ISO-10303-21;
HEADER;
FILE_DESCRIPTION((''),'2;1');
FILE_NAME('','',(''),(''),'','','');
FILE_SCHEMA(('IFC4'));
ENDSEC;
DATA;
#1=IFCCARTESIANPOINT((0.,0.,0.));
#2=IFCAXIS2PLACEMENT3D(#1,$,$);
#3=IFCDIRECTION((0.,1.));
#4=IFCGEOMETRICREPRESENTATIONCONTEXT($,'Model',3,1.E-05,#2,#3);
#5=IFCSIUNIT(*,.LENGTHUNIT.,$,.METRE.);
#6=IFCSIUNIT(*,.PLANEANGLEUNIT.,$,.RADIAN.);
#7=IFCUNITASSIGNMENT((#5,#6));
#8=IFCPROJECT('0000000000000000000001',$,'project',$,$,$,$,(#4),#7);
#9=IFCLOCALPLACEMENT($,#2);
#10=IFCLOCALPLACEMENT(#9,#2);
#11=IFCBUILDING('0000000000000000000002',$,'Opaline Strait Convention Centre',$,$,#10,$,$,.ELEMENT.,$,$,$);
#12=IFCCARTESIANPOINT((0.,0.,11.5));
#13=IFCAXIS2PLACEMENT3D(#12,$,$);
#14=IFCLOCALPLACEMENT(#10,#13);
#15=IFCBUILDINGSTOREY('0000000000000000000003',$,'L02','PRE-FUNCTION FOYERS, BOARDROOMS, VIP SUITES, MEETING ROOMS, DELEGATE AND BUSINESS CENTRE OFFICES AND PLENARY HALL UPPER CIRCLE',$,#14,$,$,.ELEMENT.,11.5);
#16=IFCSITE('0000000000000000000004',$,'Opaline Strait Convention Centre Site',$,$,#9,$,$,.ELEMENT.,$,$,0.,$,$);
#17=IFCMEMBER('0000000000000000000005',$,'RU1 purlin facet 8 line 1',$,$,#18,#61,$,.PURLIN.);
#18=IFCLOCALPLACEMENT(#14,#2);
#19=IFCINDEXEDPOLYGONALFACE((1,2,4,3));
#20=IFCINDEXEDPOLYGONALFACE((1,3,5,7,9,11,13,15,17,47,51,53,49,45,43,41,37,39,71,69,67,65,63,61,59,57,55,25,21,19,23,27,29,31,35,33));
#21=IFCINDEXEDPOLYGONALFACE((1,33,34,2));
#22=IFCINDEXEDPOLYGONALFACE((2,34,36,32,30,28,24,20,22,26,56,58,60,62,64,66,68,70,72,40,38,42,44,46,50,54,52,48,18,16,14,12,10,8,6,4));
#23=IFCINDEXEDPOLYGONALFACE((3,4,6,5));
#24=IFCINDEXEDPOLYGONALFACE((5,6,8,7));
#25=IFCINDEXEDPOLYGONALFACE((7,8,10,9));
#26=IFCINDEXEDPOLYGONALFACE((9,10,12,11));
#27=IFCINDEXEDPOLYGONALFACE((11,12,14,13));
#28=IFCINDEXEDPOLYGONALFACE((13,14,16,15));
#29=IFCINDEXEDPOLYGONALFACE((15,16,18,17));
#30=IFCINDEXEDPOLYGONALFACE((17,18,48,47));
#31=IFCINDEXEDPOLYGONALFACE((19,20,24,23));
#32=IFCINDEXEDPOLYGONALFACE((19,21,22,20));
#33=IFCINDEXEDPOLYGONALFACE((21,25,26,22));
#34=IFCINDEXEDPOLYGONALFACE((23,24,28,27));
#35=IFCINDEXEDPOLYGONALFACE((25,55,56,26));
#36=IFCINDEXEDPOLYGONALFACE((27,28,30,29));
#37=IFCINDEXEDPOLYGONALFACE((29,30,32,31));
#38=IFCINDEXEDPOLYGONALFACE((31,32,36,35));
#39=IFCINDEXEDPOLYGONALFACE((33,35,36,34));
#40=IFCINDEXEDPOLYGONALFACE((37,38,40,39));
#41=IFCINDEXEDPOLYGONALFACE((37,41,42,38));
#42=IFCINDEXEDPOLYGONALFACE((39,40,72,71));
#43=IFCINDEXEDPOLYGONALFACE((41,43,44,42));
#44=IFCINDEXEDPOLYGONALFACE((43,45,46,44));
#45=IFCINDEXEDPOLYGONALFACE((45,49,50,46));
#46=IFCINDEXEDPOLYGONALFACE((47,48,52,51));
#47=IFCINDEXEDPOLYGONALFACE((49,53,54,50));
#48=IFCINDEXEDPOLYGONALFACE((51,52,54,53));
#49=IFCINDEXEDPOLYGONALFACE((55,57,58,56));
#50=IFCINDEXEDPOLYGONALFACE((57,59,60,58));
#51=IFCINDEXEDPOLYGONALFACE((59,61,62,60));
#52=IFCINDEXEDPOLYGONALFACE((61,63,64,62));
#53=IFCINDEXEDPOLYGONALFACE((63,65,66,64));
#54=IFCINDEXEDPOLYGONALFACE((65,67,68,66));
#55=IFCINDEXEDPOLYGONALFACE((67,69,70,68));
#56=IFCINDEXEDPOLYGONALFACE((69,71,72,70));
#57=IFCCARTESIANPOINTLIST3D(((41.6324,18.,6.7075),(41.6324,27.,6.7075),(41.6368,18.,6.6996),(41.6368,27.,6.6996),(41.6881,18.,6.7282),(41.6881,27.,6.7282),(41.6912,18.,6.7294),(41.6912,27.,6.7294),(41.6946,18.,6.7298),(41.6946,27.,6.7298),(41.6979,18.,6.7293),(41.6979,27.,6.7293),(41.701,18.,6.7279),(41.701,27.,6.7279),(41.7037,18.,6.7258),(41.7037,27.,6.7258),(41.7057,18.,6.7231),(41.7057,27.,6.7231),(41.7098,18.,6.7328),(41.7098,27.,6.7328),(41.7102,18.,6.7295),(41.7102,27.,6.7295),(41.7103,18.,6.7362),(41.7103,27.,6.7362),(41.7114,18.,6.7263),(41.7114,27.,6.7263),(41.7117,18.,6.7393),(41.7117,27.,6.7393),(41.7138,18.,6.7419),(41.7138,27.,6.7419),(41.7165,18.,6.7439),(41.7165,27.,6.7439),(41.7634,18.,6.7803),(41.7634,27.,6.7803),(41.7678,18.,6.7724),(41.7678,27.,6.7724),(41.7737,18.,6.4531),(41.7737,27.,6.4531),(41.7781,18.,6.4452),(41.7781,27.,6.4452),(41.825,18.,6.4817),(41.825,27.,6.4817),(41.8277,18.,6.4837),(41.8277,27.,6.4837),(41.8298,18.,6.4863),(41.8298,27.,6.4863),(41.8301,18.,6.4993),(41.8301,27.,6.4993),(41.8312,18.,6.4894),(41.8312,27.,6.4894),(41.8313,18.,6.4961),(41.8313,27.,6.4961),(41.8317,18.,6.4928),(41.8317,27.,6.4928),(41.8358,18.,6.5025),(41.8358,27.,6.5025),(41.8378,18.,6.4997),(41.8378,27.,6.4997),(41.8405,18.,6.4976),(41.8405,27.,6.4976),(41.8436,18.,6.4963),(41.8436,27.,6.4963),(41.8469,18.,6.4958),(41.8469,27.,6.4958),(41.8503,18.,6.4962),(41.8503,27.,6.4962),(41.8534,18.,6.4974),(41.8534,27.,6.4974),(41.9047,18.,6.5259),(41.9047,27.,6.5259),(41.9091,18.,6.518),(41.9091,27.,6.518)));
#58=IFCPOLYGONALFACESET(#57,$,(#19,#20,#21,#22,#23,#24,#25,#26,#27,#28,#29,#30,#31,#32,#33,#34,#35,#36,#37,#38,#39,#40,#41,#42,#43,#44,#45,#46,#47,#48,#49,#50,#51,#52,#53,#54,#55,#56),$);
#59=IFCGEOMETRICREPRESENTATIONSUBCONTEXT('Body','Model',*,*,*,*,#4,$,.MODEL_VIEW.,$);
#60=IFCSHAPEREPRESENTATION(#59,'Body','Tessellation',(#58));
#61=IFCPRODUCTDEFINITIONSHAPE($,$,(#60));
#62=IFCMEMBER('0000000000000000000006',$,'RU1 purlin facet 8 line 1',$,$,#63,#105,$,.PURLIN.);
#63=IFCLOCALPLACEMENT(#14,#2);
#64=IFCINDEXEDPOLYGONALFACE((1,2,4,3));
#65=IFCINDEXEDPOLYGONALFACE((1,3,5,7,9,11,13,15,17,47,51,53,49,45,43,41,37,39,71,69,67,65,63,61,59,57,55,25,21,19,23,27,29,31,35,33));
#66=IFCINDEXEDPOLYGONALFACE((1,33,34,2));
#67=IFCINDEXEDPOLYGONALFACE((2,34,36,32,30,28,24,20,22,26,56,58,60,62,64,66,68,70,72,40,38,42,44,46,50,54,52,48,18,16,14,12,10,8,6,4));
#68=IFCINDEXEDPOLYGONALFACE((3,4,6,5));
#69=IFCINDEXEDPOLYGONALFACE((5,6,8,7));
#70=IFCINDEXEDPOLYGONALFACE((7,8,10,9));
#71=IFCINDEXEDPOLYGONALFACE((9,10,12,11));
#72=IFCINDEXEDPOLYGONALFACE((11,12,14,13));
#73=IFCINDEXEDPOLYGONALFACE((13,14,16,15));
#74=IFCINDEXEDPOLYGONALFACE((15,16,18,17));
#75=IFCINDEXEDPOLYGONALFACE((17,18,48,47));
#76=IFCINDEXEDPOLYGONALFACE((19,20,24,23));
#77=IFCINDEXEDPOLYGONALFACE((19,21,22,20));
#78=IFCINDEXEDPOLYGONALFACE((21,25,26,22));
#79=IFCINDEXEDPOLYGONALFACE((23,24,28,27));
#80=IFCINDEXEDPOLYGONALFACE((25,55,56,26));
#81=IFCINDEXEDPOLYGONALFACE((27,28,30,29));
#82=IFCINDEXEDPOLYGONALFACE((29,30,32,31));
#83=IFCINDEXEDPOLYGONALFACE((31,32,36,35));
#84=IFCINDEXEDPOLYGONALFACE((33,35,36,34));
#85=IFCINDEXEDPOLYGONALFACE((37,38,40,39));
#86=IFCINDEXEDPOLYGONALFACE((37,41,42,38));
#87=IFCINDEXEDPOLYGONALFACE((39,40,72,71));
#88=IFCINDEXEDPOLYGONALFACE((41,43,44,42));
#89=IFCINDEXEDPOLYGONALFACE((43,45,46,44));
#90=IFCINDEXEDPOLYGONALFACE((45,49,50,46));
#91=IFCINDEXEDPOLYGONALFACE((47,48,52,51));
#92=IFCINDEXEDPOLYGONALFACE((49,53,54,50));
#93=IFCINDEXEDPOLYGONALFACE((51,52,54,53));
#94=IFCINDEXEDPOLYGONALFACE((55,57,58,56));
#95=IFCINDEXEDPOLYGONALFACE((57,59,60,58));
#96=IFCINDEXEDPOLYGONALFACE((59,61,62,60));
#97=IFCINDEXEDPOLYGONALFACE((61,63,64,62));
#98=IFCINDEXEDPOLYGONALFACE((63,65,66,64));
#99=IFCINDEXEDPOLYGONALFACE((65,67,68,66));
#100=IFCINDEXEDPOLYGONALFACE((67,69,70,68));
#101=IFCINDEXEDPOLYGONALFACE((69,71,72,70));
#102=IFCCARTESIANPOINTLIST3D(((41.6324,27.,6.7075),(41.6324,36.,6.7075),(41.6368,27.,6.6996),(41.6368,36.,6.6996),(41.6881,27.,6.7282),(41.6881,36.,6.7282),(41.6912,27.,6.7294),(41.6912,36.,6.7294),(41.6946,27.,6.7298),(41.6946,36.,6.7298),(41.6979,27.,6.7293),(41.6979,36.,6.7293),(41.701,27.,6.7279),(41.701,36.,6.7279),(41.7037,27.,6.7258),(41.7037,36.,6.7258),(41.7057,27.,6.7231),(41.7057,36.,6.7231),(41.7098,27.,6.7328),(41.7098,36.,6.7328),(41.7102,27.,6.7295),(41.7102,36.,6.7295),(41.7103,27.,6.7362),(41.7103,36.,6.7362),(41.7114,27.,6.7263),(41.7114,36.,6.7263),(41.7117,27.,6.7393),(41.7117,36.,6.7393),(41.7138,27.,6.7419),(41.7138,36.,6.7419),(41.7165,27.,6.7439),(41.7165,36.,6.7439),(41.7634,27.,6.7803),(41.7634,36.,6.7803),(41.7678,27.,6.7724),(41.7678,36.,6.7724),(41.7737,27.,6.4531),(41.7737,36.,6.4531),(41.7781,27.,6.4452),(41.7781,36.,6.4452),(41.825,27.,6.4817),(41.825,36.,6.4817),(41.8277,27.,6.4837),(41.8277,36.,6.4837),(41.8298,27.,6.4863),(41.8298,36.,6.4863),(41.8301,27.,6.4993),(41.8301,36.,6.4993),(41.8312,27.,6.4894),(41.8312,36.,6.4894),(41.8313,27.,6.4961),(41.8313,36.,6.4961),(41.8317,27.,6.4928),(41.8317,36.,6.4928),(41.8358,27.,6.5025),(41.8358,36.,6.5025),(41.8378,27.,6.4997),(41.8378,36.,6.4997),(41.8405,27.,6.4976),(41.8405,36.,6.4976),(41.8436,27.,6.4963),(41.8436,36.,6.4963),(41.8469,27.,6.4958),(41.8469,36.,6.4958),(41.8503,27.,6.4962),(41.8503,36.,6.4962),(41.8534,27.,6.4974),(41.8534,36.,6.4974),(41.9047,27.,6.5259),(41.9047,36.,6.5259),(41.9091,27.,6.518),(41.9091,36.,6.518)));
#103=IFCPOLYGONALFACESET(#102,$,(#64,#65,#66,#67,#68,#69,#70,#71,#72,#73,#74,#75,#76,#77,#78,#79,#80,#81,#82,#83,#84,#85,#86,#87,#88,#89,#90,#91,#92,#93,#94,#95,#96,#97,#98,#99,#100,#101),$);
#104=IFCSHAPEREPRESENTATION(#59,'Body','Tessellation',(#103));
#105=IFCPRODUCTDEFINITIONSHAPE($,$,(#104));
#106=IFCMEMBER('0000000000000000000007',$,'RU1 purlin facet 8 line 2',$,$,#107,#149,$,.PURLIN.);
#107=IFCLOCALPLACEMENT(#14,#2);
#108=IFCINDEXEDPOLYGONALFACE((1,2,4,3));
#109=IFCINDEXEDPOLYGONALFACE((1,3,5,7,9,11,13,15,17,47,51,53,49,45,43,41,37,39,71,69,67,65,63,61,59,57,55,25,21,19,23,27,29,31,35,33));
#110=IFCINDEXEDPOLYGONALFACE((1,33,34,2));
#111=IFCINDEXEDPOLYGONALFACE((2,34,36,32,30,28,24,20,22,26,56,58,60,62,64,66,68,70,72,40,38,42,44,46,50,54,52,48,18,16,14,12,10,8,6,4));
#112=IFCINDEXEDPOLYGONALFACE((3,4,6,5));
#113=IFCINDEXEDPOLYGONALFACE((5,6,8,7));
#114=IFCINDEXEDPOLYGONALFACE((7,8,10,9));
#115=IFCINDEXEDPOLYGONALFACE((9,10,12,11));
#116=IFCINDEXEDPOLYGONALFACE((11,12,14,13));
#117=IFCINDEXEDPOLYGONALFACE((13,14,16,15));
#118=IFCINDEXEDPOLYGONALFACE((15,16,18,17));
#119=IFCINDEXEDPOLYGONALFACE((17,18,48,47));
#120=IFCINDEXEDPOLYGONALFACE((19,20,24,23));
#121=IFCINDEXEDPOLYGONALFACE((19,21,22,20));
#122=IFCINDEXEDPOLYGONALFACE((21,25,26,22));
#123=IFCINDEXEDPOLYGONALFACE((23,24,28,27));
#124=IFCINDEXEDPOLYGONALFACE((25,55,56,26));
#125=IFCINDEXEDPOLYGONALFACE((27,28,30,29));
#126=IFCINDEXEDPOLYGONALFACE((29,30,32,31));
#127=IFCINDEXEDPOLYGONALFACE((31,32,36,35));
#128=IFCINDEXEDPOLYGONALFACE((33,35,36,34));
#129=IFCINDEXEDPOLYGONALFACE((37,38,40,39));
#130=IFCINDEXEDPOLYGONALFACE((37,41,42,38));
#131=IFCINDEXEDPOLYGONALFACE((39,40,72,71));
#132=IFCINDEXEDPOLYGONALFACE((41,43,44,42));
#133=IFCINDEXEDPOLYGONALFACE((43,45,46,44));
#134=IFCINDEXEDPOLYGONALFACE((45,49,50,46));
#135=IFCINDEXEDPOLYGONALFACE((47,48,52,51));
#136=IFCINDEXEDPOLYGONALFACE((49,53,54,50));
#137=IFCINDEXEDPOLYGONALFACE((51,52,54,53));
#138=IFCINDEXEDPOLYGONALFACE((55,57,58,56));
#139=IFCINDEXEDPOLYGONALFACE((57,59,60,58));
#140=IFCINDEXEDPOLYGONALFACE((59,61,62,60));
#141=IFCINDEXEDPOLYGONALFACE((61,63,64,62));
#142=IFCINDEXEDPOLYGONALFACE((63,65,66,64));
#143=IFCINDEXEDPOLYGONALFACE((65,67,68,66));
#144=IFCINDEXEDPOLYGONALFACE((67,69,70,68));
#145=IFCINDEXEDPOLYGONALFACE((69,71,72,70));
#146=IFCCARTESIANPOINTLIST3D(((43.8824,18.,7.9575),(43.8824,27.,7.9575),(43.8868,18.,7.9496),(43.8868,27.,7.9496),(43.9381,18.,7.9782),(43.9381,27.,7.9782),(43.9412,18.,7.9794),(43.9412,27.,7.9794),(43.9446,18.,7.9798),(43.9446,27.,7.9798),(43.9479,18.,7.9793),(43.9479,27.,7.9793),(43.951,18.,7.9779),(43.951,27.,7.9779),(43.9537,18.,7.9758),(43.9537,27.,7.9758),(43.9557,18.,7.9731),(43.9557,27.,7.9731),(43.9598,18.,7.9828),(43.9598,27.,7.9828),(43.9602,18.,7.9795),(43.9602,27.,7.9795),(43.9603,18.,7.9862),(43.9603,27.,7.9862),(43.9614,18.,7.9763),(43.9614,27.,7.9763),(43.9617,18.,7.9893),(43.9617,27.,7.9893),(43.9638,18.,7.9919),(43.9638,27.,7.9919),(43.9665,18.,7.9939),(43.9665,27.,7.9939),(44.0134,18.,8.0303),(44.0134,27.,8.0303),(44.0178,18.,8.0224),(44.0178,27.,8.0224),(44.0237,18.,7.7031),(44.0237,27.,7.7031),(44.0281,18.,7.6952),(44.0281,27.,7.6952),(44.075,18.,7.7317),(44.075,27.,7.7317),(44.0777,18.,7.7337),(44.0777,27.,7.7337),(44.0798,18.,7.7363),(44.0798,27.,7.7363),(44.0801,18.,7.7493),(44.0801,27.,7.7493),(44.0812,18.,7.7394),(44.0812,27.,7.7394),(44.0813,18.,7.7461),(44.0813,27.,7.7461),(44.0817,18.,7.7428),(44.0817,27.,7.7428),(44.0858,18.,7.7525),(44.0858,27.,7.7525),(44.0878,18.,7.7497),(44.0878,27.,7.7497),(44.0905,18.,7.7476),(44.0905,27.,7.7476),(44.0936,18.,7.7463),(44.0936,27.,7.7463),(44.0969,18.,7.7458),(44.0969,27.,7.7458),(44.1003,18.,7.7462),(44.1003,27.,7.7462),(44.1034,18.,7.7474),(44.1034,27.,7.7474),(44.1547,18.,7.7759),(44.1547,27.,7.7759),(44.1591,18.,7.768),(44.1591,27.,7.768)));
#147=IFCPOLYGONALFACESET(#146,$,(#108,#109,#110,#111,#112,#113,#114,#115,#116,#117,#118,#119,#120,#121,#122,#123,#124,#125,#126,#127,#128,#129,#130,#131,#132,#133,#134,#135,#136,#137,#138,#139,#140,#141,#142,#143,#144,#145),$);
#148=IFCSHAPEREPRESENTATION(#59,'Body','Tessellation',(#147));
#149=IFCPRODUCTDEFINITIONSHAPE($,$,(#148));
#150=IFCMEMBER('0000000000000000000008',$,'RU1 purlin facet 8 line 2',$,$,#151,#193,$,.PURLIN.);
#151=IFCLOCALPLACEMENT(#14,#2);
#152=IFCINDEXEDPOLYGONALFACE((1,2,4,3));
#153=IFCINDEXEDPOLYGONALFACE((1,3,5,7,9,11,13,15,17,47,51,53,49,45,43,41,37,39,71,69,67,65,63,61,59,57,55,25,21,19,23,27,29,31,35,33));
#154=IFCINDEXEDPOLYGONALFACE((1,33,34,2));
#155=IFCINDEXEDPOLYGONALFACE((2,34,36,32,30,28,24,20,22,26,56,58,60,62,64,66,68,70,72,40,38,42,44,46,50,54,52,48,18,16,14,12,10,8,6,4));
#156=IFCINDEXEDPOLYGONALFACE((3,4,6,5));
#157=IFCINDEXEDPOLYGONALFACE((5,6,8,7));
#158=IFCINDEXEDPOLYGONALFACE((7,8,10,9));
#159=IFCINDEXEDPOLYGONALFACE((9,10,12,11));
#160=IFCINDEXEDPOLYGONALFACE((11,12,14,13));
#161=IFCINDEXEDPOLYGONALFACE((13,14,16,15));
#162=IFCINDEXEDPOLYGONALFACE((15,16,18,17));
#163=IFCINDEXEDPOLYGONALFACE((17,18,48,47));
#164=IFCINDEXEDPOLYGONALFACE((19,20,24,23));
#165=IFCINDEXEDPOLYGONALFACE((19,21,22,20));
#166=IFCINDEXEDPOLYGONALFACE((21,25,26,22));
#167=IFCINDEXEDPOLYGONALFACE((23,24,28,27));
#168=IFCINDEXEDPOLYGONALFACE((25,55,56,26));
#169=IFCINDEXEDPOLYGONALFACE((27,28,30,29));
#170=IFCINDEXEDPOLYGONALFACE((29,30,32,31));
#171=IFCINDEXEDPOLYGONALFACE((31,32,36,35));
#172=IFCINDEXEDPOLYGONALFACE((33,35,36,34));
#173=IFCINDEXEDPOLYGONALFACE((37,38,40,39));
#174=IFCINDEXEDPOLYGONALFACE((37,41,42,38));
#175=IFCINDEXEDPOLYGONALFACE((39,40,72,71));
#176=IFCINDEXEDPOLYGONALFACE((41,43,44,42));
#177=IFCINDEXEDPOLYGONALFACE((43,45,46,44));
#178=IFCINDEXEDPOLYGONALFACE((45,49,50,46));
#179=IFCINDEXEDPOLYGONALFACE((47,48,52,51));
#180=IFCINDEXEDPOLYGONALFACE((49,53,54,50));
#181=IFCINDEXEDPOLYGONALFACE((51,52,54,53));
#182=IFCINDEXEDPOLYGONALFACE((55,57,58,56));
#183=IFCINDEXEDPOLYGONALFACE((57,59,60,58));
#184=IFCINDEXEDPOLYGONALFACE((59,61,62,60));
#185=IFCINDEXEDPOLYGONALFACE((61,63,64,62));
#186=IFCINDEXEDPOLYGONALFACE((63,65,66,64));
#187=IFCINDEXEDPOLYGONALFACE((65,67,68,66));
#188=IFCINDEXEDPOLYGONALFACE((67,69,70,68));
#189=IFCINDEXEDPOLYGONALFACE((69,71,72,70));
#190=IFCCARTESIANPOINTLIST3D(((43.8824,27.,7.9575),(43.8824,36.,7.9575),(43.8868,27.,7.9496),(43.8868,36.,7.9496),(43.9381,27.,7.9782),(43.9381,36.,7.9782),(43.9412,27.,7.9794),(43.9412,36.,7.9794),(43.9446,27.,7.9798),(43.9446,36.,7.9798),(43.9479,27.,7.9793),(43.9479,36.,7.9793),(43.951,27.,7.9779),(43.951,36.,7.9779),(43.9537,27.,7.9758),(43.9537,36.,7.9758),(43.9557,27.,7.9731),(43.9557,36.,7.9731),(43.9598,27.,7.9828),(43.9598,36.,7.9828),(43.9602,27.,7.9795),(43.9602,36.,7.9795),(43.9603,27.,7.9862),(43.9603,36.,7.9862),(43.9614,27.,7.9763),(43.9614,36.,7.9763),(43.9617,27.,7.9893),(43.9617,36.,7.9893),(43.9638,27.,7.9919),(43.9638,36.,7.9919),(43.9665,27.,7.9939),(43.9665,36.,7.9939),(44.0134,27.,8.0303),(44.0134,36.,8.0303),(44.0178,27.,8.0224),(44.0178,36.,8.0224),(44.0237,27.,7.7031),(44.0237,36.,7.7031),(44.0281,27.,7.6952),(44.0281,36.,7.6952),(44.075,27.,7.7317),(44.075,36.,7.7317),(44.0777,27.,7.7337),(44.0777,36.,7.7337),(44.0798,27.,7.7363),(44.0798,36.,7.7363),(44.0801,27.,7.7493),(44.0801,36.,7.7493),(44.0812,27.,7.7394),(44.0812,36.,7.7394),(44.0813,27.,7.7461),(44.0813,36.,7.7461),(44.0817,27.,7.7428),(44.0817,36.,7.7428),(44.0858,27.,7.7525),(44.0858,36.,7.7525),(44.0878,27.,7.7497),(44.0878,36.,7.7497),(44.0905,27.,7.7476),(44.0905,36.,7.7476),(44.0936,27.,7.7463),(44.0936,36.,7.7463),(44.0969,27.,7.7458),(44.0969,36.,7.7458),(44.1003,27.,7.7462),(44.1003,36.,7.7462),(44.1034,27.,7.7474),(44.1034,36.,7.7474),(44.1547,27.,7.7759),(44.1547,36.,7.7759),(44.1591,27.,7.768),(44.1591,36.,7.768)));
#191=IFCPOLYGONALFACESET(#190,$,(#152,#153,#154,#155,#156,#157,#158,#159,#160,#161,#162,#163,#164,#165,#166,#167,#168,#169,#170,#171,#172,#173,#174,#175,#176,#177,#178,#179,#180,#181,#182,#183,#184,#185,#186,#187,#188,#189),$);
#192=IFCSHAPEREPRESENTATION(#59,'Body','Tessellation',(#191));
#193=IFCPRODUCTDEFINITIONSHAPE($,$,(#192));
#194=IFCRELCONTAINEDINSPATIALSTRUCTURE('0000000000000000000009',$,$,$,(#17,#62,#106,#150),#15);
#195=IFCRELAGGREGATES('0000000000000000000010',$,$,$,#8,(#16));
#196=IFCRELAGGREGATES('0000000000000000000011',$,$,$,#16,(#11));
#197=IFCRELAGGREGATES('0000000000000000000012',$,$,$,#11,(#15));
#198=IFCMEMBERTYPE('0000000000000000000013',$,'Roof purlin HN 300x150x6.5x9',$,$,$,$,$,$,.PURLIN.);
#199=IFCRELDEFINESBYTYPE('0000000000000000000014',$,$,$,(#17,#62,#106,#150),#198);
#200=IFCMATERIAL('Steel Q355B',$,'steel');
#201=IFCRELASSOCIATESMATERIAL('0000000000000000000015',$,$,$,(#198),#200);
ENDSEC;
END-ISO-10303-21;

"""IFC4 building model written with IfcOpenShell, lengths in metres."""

from ifc_helpers import new_model, si_unit, direction, frame, origin, origin_2d, place, context, subcontext, project, spatial, i_section, extrude, material, material_profile, profile_set, type_object, element, save


model = new_model("IFC4")

# Units and contexts
model_context = context("Model", 3, precision=1e-05, world=origin(), true_north=direction((0.0, 1.0)))
body_context = subcontext(model_context, "Body", "Model", "MODEL_VIEW")
ifc_project = project(units=[si_unit("LENGTHUNIT", "METRE"), si_unit("PLANEANGLEUNIT", "RADIAN")], contexts=[model_context])

# Site, building, storey
site_placement = place(None, origin())
site = spatial("IfcSite", under=ifc_project, at=site_placement, Name="Opaline Strait Convention Centre Site", CompositionType="ELEMENT", RefElevation=0.0)
building_placement = place(site_placement, origin())
building = spatial("IfcBuilding", under=site, at=building_placement, Name="Opaline Strait Convention Centre", CompositionType="ELEMENT")
storey_placement = place(building_placement, frame((0.0, 0.0, 11.5)))
storey = spatial("IfcBuildingStorey", under=building, at=storey_placement, Name="L02", Description="PRE-FUNCTION FOYERS, BOARDROOMS, VIP SUITES, MEETING ROOMS, DELEGATE AND BUSINESS CENTRE OFFICES AND PLENARY HALL UPPER CIRCLE", CompositionType="ELEMENT", Elevation=11.5)

# Shared definitions
ifc_material_1 = material(Name="Steel Q355B", Category="steel")

# Members
ifc_material_profile_1 = material_profile(ifc_material_1, i_section(OverallWidth=0.1499, OverallDepth=0.3, WebThickness=0.0066, FlangeThickness=0.009, FilletRadius=0.0129, at=origin_2d()), Name="HN 300x150x6.5x9")
ifc_profile_set_1 = profile_set([ifc_material_profile_1], Name="Steel Q355B")
member_type_1 = type_object("IfcMemberType", Name="Roof purlin HN 300x150x6.5x9", PredefinedType="PURLIN", material=ifc_profile_set_1)
for number, where, z_axis, x_axis, name in (
    (1, (41.7708, 18.0, 6.6128), (0.0, 1.0, 0.0), (-0.874157, 0.0, -0.485643), "RU1 purlin facet 8 line 1"),
    (2, (41.7708, 27.0, 6.6128), (0.0, 1.0, 0.0), (-0.874157, 0.0, -0.485643), "RU1 purlin facet 8 line 1"),
    (3, (44.0208, 18.0, 7.8628), (0.0, 1.0, 0.0), (-0.874157, 0.0, -0.485643), "RU1 purlin facet 8 line 2"),
    (4, (44.0208, 27.0, 7.8628), (0.0, 1.0, 0.0), (-0.874157, 0.0, -0.485643), "RU1 purlin facet 8 line 2"),
):
    element("IfcMember", number, at=place(storey_placement, frame(where, z_axis=z_axis, x_axis=x_axis)), inside=storey, type_object=member_type_1, Name=name, PredefinedType="PURLIN", context=body_context, shape_type="SweptSolid", body=[
        extrude(i_section(OverallWidth=0.1499, OverallDepth=0.3, WebThickness=0.0066, FlangeThickness=0.009, FilletRadius=0.0129, at=origin_2d()), origin(), (0.0, 0.0, 1.0), 9.0),
    ])

save(model, "model.ifc")
